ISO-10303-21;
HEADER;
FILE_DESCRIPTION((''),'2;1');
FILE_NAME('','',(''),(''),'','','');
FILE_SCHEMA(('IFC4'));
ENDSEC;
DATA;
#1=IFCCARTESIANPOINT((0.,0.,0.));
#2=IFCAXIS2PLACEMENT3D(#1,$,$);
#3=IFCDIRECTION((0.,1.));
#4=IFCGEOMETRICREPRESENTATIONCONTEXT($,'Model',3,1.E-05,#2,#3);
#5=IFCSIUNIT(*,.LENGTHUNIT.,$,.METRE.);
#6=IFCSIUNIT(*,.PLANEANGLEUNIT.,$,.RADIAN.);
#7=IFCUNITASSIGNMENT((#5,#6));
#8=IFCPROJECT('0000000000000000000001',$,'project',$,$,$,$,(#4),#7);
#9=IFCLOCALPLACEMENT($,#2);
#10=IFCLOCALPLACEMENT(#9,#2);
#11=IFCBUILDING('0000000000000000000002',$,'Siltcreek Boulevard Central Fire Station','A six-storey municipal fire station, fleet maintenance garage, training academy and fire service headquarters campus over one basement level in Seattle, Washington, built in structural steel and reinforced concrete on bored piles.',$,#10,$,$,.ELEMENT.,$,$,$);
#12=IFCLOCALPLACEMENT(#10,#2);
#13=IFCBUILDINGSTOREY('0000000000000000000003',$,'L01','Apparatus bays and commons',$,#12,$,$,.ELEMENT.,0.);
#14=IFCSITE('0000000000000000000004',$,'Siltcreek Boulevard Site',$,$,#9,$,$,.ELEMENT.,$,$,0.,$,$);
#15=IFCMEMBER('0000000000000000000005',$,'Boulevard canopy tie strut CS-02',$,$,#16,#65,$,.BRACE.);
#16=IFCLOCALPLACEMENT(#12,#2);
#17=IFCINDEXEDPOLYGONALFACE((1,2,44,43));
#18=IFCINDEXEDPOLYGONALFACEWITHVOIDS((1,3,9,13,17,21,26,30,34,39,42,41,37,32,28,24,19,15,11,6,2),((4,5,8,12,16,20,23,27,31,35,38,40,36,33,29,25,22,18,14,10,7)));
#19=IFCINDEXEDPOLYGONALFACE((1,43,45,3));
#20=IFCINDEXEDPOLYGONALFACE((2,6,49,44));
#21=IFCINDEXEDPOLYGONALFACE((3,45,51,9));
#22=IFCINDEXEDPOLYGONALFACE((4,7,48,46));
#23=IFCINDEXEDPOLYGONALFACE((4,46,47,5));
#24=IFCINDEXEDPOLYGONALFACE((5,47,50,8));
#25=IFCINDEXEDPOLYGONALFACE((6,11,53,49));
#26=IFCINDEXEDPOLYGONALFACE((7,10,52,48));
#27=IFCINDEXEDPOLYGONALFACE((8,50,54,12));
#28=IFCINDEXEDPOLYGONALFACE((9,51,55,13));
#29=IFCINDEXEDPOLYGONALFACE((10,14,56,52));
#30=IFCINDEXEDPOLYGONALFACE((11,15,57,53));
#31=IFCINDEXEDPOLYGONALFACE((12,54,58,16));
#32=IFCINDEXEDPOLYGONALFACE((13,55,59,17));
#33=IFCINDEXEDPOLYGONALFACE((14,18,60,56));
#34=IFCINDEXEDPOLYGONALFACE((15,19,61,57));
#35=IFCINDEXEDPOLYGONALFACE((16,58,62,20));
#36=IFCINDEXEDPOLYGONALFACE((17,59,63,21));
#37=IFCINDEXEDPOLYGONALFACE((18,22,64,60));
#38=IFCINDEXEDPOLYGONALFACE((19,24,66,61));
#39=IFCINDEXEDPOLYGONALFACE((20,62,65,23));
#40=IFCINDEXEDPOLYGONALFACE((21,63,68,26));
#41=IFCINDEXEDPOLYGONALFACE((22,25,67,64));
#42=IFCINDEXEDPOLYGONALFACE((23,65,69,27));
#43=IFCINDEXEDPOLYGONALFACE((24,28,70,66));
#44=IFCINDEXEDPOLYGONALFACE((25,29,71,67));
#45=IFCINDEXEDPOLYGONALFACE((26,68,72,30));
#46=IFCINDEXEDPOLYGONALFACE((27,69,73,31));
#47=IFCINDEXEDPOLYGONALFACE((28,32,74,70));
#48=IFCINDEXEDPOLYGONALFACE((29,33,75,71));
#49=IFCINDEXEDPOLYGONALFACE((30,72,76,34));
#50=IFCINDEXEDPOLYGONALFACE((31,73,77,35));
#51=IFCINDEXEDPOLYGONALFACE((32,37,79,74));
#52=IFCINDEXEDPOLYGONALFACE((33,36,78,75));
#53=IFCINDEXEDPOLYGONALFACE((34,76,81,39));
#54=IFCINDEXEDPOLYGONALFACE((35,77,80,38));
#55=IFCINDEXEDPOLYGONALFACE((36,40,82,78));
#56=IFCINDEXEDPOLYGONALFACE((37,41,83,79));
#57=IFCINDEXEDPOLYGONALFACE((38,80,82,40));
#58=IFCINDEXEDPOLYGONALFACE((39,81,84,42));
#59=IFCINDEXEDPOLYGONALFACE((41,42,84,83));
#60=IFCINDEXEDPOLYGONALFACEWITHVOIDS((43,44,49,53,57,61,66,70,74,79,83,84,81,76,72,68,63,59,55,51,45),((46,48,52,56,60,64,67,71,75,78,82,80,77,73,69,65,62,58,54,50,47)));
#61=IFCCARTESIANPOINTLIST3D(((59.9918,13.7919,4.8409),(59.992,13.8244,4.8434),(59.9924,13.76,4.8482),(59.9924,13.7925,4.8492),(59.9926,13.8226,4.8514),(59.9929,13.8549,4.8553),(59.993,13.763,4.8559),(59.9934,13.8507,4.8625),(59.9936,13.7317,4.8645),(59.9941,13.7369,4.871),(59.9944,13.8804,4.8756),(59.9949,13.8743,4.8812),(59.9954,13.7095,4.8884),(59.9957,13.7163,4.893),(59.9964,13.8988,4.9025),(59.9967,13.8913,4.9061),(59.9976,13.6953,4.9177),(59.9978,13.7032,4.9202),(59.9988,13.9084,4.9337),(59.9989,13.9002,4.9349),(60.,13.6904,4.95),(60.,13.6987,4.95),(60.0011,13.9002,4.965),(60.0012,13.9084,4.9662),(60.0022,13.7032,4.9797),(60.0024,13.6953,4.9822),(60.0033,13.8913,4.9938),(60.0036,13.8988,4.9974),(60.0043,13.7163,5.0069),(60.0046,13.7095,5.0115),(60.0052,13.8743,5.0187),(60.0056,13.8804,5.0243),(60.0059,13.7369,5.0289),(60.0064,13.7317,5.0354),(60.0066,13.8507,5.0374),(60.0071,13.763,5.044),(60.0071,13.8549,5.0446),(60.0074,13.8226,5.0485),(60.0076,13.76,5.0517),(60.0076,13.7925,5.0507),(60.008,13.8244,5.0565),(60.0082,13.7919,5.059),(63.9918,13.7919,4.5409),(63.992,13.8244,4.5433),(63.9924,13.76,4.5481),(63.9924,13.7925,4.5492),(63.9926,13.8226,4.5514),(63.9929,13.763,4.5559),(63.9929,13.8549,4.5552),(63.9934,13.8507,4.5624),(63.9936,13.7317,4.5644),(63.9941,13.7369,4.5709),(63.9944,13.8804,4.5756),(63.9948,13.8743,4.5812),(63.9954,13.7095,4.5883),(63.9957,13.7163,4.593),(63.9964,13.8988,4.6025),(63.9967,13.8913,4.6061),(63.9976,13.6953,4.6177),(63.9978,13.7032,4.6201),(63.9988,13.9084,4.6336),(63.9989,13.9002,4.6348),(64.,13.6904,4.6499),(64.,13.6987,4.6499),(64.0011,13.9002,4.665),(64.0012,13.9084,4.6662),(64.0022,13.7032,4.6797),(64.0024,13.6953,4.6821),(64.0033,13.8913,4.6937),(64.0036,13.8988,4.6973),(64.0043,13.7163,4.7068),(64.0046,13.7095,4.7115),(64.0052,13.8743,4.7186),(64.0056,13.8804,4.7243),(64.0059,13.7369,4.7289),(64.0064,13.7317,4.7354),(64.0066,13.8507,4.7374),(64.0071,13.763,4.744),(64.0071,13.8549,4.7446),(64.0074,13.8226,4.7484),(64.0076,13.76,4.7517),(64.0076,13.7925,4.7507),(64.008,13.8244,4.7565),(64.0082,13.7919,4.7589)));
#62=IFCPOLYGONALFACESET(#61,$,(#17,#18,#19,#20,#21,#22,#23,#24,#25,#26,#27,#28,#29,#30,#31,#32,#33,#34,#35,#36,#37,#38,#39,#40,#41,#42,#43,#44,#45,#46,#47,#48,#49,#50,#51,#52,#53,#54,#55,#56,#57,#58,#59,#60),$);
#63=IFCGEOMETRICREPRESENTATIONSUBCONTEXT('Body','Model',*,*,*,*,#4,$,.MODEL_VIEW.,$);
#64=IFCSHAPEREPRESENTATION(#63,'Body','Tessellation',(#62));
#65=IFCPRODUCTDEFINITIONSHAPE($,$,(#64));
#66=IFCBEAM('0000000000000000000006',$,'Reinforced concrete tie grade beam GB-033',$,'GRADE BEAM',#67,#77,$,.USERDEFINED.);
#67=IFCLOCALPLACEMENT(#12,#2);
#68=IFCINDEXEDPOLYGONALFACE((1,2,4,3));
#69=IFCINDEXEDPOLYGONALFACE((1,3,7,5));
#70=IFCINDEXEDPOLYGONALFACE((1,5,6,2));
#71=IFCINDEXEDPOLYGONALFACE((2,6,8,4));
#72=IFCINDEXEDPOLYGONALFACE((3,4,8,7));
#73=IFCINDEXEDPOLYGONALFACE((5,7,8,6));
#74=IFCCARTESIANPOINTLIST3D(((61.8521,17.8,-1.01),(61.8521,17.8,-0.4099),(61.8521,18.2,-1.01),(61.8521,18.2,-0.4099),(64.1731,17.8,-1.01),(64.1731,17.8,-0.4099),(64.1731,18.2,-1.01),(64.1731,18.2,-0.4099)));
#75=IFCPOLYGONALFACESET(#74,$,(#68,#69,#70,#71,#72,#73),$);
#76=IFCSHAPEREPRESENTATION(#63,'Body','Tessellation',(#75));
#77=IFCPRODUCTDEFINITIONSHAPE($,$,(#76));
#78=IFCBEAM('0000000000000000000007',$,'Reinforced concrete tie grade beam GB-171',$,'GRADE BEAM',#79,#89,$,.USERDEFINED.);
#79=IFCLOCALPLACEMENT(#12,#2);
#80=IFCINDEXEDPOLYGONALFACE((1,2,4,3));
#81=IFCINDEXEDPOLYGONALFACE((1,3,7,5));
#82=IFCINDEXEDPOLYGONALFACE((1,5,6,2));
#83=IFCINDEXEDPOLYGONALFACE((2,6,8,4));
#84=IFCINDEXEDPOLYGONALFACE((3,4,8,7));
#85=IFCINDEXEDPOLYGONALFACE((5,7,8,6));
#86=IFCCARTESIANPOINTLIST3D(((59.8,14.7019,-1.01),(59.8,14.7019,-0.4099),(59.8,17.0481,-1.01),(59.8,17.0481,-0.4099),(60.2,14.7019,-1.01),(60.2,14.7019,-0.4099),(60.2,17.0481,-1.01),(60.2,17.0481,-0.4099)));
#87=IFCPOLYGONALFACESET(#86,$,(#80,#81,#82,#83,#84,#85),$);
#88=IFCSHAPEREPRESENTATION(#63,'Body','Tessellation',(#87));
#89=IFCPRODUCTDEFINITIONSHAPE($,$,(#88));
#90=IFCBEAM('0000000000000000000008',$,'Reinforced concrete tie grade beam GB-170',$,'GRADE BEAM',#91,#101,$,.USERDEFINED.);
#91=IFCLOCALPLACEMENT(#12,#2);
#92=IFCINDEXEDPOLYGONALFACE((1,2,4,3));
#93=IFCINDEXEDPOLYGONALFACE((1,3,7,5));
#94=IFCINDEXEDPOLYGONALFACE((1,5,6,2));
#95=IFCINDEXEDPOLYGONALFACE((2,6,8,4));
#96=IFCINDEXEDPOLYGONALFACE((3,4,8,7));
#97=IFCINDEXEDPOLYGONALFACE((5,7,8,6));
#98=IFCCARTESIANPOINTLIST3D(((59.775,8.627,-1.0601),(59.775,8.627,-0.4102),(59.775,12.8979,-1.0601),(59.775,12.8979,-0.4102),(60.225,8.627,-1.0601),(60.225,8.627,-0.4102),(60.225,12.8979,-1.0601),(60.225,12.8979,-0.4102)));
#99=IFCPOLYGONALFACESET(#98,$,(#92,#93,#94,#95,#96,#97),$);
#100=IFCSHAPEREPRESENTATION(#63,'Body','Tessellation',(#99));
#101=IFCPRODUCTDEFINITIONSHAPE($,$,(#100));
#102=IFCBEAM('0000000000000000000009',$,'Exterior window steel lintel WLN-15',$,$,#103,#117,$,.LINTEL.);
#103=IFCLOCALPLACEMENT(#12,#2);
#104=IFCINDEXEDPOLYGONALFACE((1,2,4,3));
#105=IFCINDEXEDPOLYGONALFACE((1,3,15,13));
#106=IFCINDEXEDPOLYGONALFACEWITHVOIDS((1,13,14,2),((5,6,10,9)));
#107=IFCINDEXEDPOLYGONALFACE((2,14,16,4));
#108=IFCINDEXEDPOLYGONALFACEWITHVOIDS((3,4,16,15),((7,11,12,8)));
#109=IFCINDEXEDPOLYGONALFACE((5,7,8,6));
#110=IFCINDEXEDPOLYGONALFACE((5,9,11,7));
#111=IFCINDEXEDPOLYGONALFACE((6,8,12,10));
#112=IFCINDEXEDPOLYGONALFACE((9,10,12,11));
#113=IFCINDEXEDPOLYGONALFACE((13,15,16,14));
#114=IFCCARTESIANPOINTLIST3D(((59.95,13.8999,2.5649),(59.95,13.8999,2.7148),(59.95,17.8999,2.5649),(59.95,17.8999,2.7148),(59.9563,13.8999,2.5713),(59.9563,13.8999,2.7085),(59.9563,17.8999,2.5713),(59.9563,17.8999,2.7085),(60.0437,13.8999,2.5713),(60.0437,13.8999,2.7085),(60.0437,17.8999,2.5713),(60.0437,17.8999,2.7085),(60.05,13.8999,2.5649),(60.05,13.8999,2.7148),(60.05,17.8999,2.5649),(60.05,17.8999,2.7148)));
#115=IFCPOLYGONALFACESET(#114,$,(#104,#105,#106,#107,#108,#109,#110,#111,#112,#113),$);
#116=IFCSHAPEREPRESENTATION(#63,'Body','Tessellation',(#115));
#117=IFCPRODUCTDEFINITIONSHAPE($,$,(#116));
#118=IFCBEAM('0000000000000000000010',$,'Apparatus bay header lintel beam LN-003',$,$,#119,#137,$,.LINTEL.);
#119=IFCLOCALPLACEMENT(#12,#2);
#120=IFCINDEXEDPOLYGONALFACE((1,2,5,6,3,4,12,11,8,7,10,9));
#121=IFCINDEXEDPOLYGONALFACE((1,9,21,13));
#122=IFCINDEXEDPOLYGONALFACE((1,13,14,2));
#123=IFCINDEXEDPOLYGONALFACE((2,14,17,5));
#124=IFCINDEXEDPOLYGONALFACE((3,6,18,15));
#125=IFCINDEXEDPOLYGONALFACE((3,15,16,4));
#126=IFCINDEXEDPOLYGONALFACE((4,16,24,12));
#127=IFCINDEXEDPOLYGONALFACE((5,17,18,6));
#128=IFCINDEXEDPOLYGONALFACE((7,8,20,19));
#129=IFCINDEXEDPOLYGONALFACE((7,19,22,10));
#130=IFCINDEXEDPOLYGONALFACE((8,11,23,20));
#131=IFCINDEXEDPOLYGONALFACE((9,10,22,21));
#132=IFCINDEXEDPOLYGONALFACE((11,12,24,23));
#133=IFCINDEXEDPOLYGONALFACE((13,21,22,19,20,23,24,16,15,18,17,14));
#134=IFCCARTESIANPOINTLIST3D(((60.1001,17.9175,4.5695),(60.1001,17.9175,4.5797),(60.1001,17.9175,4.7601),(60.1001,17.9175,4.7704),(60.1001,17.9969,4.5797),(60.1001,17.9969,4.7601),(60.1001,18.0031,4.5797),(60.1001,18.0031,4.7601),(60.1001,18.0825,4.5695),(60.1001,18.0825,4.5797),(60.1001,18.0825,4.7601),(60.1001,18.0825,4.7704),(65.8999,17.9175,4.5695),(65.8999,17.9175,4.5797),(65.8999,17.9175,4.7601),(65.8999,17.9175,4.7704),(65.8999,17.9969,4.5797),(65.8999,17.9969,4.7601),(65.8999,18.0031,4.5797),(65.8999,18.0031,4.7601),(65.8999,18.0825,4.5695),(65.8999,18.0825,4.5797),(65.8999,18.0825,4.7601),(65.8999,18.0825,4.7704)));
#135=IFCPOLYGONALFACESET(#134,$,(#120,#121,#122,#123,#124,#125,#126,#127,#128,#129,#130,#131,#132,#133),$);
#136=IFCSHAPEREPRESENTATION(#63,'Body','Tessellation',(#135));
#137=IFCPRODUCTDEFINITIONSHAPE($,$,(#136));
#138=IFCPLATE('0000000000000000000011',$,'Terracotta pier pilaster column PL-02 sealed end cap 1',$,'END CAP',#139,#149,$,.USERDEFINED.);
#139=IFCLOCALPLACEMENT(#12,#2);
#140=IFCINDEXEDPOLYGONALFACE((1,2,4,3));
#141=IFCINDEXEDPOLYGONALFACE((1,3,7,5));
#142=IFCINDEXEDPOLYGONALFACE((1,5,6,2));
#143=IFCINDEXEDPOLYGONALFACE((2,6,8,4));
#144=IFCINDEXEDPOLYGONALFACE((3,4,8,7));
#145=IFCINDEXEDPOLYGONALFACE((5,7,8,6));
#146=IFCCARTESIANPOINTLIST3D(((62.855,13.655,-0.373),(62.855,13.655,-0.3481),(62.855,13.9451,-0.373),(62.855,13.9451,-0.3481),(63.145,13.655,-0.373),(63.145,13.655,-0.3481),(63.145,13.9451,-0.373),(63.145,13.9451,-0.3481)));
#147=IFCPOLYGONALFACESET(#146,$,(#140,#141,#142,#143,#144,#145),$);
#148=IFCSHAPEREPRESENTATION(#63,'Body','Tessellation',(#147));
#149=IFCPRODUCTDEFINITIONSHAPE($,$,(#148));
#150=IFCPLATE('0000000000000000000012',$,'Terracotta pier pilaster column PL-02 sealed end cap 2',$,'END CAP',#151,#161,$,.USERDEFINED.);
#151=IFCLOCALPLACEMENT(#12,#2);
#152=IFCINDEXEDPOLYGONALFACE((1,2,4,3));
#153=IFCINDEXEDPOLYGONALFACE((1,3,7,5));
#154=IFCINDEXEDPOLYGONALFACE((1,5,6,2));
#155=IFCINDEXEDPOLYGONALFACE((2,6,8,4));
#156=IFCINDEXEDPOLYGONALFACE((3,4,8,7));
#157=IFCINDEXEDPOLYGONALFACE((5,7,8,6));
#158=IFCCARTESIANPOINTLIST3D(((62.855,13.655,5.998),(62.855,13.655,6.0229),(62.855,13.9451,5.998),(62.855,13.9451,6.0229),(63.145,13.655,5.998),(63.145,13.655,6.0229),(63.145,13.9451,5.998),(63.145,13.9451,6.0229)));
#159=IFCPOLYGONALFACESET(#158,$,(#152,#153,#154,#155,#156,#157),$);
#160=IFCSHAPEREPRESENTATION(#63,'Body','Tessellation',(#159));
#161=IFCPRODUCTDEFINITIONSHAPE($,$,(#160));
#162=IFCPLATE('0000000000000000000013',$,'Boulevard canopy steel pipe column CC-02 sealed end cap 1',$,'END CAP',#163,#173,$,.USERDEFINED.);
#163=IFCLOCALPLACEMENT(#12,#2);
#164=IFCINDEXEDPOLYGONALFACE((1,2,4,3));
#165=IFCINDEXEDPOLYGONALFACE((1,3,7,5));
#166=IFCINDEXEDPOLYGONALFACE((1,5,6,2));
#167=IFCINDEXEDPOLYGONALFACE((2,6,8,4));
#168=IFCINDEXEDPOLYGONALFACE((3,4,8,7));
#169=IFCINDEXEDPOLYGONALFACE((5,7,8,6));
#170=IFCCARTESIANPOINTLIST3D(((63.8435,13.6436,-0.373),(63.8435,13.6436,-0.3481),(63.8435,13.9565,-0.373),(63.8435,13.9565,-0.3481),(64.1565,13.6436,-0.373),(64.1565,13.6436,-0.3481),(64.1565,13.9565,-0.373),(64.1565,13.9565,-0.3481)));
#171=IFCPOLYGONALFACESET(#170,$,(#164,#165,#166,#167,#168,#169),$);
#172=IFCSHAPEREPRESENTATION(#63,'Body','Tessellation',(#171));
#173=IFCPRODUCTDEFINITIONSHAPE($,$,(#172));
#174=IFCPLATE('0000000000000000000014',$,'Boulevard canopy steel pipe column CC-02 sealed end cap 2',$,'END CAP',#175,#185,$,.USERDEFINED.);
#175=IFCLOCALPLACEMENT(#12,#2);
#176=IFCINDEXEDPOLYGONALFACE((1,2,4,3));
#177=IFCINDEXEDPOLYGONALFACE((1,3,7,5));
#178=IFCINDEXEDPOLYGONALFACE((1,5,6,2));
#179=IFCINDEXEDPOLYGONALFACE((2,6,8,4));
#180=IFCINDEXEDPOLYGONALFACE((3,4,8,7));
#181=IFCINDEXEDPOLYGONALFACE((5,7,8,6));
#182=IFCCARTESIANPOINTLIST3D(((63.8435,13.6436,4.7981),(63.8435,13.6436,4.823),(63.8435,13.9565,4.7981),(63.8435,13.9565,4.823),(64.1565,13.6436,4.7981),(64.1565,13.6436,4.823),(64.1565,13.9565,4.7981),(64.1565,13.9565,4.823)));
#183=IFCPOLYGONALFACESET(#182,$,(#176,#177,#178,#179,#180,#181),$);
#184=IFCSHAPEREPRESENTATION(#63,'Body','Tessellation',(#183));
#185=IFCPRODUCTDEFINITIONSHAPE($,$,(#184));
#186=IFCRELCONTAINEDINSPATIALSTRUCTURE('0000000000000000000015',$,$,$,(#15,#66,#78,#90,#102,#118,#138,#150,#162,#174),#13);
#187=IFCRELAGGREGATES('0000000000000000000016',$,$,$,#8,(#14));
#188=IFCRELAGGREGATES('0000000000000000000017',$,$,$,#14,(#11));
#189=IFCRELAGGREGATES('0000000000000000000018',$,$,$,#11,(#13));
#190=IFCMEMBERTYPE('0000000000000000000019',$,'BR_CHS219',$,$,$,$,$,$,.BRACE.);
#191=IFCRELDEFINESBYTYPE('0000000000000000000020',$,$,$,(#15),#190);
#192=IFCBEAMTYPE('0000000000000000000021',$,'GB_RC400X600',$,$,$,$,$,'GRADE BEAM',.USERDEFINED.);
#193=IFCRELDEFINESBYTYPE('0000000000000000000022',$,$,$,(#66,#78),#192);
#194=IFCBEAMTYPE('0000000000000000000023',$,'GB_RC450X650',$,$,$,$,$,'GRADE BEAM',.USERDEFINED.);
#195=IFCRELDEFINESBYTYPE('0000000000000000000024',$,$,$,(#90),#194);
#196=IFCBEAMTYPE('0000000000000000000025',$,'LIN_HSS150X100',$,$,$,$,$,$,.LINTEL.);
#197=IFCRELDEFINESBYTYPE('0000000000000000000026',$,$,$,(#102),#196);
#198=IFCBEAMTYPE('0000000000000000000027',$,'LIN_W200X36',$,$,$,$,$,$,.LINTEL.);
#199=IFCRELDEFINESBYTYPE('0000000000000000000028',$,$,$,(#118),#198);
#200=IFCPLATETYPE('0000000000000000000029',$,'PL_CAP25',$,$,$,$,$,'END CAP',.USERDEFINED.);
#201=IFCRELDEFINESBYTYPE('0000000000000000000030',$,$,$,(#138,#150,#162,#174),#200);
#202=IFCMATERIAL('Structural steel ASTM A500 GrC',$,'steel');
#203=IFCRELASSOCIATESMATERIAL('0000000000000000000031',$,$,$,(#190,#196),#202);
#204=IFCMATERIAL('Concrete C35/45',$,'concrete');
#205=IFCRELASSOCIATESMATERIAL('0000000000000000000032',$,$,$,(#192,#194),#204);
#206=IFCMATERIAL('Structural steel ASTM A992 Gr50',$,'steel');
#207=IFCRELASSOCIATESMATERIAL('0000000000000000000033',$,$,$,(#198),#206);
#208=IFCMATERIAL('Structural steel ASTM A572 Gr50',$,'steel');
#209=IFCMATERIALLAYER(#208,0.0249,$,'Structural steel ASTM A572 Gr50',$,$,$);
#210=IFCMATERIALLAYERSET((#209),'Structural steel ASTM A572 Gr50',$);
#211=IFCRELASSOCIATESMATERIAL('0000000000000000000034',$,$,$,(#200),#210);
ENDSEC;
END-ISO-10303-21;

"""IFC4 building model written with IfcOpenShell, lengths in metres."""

from ifc_helpers import new_model, si_unit, direction, frame, origin, origin_2d, place, context, subcontext, project, spatial, rectangle, hollow_rectangle, hollow_circle, i_section, extrude, material, layer, layer_set, material_profile, profile_set, type_object, element, save


model = new_model("IFC4")

# Units and contexts
model_context = context("Model", 3, precision=1e-05, world=origin(), true_north=direction((0.0, 1.0)))
body_context = subcontext(model_context, "Body", "Model", "MODEL_VIEW")
ifc_project = project(units=[si_unit("LENGTHUNIT", "METRE"), si_unit("PLANEANGLEUNIT", "RADIAN")], contexts=[model_context])

# Site, building, storey
site_placement = place(None, origin())
site = spatial("IfcSite", under=ifc_project, at=site_placement, Name="Siltcreek Boulevard Site", CompositionType="ELEMENT", RefElevation=0.0)
building_placement = place(site_placement, origin())
building = spatial("IfcBuilding", under=site, at=building_placement, Name="Siltcreek Boulevard Central Fire Station", Description="A six-storey municipal fire station, fleet maintenance garage, training academy and fire service headquarters campus over one basement level in Seattle, Washington, built in structural steel and reinforced concrete on bored piles.", CompositionType="ELEMENT")
storey_placement = place(building_placement, origin())
storey = spatial("IfcBuildingStorey", under=building, at=storey_placement, Name="L01", Description="Apparatus bays and commons", CompositionType="ELEMENT", Elevation=0.0)

# Shared definitions
ifc_material_1 = material(Name="Concrete C35/45", Category="concrete")

# Shared definitions
ifc_material_2 = material(Name="Structural steel ASTM A500 GrC", Category="steel")
ifc_material_3 = material(Name="Structural steel ASTM A992 Gr50", Category="steel")

# Member
ifc_material_profile_1 = material_profile(ifc_material_2, hollow_circle(Radius=0.1096, WallThickness=0.0083, at=origin_2d()), Name="HSS219.1X8.2")
ifc_profile_set_1 = profile_set([ifc_material_profile_1], Name="Structural steel ASTM A500 GrC")
member_type = type_object("IfcMemberType", Name="BR_CHS219", PredefinedType="BRACE", material=ifc_profile_set_1)
member_placement = place(storey_placement, frame((64.0, 13.8, 4.6499), z_axis=(-0.997198, 0.0, 0.074802), x_axis=(0.0, -1.0, 0.0)))
element("IfcMember", 1, at=member_placement, inside=storey, type_object=member_type, Name="Boulevard canopy tie strut CS-02", PredefinedType="BRACE", context=body_context, shape_type="SweptSolid", body=[
    extrude(hollow_circle(Radius=0.1096, WallThickness=0.0083, at=origin_2d()), origin(), (0.0, 0.0, 1.0), 4.0112),
])

# Beams
ifc_material_profile_2 = material_profile(ifc_material_1, rectangle(XDim=0.3999, YDim=0.6001, at=origin_2d()), Name="RC400X600")
ifc_profile_set_2 = profile_set([ifc_material_profile_2], Name="Concrete C35/45")
beam_type_1 = type_object("IfcBeamType", Name="GB_RC400X600", ElementType="GRADE BEAM", PredefinedType="USERDEFINED", material=ifc_profile_set_2)
beam_1_placement = place(storey_placement, frame((61.8521, 18.0, -0.71), z_axis=(1.0, 0.0, 0.0), x_axis=(0.0, 1.0, 0.0)))
element("IfcBeam", 2, at=beam_1_placement, inside=storey, type_object=beam_type_1, Name="Reinforced concrete tie grade beam GB-033", ObjectType="GRADE BEAM", PredefinedType="USERDEFINED", context=body_context, shape_type="SweptSolid", body=[
    extrude(rectangle(XDim=0.3999, YDim=0.6001, at=origin_2d()), origin(), (0.0, 0.0, 1.0), 2.321),
])
beam_2_placement = place(storey_placement, frame((60.0, 14.7019, -0.71), z_axis=(0.0, 1.0, 0.0), x_axis=(-1.0, 0.0, 0.0)))
element("IfcBeam", 3, at=beam_2_placement, inside=storey, type_object=beam_type_1, Name="Reinforced concrete tie grade beam GB-171", ObjectType="GRADE BEAM", PredefinedType="USERDEFINED", context=body_context, shape_type="SweptSolid", body=[
    extrude(rectangle(XDim=0.3999, YDim=0.6001, at=origin_2d()), origin(), (0.0, 0.0, 1.0), 2.3462),
])
ifc_material_profile_3 = material_profile(ifc_material_1, rectangle(XDim=0.45, YDim=0.6499, at=origin_2d()), Name="RC450X650")
ifc_profile_set_3 = profile_set([ifc_material_profile_3], Name="Concrete C35/45")
beam_type_2 = type_object("IfcBeamType", Name="GB_RC450X650", ElementType="GRADE BEAM", PredefinedType="USERDEFINED", material=ifc_profile_set_3)
beam_3_placement = place(storey_placement, frame((60.0, 8.627, -0.7351), z_axis=(0.0, 1.0, 0.0), x_axis=(-1.0, 0.0, 0.0)))
element("IfcBeam", 4, at=beam_3_placement, inside=storey, type_object=beam_type_2, Name="Reinforced concrete tie grade beam GB-170", ObjectType="GRADE BEAM", PredefinedType="USERDEFINED", context=body_context, shape_type="SweptSolid", body=[
    extrude(rectangle(XDim=0.45, YDim=0.6499, at=origin_2d()), origin(), (0.0, 0.0, 1.0), 4.271),
])
ifc_material_profile_4 = material_profile(ifc_material_2, hollow_rectangle(XDim=0.1001, YDim=0.1499, WallThickness=0.0063, at=origin_2d()), Name="HSS150X100X6.4")
ifc_profile_set_4 = profile_set([ifc_material_profile_4], Name="Structural steel ASTM A500 GrC")
beam_type_3 = type_object("IfcBeamType", Name="LIN_HSS150X100", PredefinedType="LINTEL", material=ifc_profile_set_4)
beam_4_placement = place(storey_placement, frame((60.0, 13.8999, 2.6399), z_axis=(0.0, 1.0, 0.0), x_axis=(-1.0, 0.0, 0.0)))
element("IfcBeam", 5, at=beam_4_placement, inside=storey, type_object=beam_type_3, Name="Exterior window steel lintel WLN-15", PredefinedType="LINTEL", context=body_context, shape_type="SweptSolid", body=[
    extrude(hollow_rectangle(XDim=0.1001, YDim=0.1499, WallThickness=0.0063, at=origin_2d()), origin(), (0.0, 0.0, 1.0), 4.0),
])
ifc_material_profile_5 = material_profile(ifc_material_3, i_section(OverallWidth=0.165, OverallDepth=0.2009, WebThickness=0.0061, FlangeThickness=0.0103, at=origin_2d()), Name="W200X36")
ifc_profile_set_5 = profile_set([ifc_material_profile_5], Name="Structural steel ASTM A992 Gr50")
beam_type_4 = type_object("IfcBeamType", Name="LIN_W200X36", PredefinedType="LINTEL", material=ifc_profile_set_5)
beam_5_placement = place(storey_placement, frame((60.1001, 18.0, 4.6699), z_axis=(1.0, 0.0, 0.0), x_axis=(0.0, 1.0, 0.0)))
element("IfcBeam", 6, at=beam_5_placement, inside=storey, type_object=beam_type_4, Name="Apparatus bay header lintel beam LN-003", PredefinedType="LINTEL", context=body_context, shape_type="SweptSolid", body=[
    extrude(i_section(OverallWidth=0.165, OverallDepth=0.2009, WebThickness=0.0061, FlangeThickness=0.0103, at=origin_2d()), origin(), (0.0, 0.0, 1.0), 5.7998),
])

# Plates
ifc_material_4 = material(Name="Structural steel ASTM A572 Gr50", Category="steel")
ifc_layer_1 = layer(ifc_material_4, 0.0249, Name="Structural steel ASTM A572 Gr50")
ifc_layer_set_1 = layer_set([ifc_layer_1], Name="Structural steel ASTM A572 Gr50")
plate_type = type_object("IfcPlateType", Name="PL_CAP25", ElementType="END CAP", PredefinedType="USERDEFINED", material=ifc_layer_set_1)
for number, where, z_axis, x_axis, name in (
    (7, (63.0, 13.8, -0.373), (0.0, 0.0, 1.0), (1.0, 0.0, 0.0), "Terracotta pier pilaster column PL-02 sealed end cap 1"),
    (8, (63.0, 13.8, 5.998), (0.0, 0.0, 1.0), (1.0, 0.0, 0.0), "Terracotta pier pilaster column PL-02 sealed end cap 2"),
):
    element("IfcPlate", number, at=place(storey_placement, frame(where, z_axis=z_axis, x_axis=x_axis)), inside=storey, type_object=plate_type, Name=name, ObjectType="END CAP", PredefinedType="USERDEFINED", context=body_context, shape_type="SweptSolid", body=[
        extrude(rectangle(XDim=0.29, YDim=0.29, at=origin_2d()), origin(), (0.0, 0.0, 1.0), 0.0249),
    ])
for number, where, z_axis, x_axis, name in (
    (9, (64.0, 13.8, -0.373), (0.0, 0.0, 1.0), (1.0, 0.0, 0.0), "Boulevard canopy steel pipe column CC-02 sealed end cap 1"),
    (10, (64.0, 13.8, 4.7981), (0.0, 0.0, 1.0), (1.0, 0.0, 0.0), "Boulevard canopy steel pipe column CC-02 sealed end cap 2"),
):
    element("IfcPlate", number, at=place(storey_placement, frame(where, z_axis=z_axis, x_axis=x_axis)), inside=storey, type_object=plate_type, Name=name, ObjectType="END CAP", PredefinedType="USERDEFINED", context=body_context, shape_type="SweptSolid", body=[
        extrude(rectangle(XDim=0.313, YDim=0.313, at=origin_2d()), origin(), (0.0, 0.0, 1.0), 0.0249),
    ])

save(model, "model.ifc")
